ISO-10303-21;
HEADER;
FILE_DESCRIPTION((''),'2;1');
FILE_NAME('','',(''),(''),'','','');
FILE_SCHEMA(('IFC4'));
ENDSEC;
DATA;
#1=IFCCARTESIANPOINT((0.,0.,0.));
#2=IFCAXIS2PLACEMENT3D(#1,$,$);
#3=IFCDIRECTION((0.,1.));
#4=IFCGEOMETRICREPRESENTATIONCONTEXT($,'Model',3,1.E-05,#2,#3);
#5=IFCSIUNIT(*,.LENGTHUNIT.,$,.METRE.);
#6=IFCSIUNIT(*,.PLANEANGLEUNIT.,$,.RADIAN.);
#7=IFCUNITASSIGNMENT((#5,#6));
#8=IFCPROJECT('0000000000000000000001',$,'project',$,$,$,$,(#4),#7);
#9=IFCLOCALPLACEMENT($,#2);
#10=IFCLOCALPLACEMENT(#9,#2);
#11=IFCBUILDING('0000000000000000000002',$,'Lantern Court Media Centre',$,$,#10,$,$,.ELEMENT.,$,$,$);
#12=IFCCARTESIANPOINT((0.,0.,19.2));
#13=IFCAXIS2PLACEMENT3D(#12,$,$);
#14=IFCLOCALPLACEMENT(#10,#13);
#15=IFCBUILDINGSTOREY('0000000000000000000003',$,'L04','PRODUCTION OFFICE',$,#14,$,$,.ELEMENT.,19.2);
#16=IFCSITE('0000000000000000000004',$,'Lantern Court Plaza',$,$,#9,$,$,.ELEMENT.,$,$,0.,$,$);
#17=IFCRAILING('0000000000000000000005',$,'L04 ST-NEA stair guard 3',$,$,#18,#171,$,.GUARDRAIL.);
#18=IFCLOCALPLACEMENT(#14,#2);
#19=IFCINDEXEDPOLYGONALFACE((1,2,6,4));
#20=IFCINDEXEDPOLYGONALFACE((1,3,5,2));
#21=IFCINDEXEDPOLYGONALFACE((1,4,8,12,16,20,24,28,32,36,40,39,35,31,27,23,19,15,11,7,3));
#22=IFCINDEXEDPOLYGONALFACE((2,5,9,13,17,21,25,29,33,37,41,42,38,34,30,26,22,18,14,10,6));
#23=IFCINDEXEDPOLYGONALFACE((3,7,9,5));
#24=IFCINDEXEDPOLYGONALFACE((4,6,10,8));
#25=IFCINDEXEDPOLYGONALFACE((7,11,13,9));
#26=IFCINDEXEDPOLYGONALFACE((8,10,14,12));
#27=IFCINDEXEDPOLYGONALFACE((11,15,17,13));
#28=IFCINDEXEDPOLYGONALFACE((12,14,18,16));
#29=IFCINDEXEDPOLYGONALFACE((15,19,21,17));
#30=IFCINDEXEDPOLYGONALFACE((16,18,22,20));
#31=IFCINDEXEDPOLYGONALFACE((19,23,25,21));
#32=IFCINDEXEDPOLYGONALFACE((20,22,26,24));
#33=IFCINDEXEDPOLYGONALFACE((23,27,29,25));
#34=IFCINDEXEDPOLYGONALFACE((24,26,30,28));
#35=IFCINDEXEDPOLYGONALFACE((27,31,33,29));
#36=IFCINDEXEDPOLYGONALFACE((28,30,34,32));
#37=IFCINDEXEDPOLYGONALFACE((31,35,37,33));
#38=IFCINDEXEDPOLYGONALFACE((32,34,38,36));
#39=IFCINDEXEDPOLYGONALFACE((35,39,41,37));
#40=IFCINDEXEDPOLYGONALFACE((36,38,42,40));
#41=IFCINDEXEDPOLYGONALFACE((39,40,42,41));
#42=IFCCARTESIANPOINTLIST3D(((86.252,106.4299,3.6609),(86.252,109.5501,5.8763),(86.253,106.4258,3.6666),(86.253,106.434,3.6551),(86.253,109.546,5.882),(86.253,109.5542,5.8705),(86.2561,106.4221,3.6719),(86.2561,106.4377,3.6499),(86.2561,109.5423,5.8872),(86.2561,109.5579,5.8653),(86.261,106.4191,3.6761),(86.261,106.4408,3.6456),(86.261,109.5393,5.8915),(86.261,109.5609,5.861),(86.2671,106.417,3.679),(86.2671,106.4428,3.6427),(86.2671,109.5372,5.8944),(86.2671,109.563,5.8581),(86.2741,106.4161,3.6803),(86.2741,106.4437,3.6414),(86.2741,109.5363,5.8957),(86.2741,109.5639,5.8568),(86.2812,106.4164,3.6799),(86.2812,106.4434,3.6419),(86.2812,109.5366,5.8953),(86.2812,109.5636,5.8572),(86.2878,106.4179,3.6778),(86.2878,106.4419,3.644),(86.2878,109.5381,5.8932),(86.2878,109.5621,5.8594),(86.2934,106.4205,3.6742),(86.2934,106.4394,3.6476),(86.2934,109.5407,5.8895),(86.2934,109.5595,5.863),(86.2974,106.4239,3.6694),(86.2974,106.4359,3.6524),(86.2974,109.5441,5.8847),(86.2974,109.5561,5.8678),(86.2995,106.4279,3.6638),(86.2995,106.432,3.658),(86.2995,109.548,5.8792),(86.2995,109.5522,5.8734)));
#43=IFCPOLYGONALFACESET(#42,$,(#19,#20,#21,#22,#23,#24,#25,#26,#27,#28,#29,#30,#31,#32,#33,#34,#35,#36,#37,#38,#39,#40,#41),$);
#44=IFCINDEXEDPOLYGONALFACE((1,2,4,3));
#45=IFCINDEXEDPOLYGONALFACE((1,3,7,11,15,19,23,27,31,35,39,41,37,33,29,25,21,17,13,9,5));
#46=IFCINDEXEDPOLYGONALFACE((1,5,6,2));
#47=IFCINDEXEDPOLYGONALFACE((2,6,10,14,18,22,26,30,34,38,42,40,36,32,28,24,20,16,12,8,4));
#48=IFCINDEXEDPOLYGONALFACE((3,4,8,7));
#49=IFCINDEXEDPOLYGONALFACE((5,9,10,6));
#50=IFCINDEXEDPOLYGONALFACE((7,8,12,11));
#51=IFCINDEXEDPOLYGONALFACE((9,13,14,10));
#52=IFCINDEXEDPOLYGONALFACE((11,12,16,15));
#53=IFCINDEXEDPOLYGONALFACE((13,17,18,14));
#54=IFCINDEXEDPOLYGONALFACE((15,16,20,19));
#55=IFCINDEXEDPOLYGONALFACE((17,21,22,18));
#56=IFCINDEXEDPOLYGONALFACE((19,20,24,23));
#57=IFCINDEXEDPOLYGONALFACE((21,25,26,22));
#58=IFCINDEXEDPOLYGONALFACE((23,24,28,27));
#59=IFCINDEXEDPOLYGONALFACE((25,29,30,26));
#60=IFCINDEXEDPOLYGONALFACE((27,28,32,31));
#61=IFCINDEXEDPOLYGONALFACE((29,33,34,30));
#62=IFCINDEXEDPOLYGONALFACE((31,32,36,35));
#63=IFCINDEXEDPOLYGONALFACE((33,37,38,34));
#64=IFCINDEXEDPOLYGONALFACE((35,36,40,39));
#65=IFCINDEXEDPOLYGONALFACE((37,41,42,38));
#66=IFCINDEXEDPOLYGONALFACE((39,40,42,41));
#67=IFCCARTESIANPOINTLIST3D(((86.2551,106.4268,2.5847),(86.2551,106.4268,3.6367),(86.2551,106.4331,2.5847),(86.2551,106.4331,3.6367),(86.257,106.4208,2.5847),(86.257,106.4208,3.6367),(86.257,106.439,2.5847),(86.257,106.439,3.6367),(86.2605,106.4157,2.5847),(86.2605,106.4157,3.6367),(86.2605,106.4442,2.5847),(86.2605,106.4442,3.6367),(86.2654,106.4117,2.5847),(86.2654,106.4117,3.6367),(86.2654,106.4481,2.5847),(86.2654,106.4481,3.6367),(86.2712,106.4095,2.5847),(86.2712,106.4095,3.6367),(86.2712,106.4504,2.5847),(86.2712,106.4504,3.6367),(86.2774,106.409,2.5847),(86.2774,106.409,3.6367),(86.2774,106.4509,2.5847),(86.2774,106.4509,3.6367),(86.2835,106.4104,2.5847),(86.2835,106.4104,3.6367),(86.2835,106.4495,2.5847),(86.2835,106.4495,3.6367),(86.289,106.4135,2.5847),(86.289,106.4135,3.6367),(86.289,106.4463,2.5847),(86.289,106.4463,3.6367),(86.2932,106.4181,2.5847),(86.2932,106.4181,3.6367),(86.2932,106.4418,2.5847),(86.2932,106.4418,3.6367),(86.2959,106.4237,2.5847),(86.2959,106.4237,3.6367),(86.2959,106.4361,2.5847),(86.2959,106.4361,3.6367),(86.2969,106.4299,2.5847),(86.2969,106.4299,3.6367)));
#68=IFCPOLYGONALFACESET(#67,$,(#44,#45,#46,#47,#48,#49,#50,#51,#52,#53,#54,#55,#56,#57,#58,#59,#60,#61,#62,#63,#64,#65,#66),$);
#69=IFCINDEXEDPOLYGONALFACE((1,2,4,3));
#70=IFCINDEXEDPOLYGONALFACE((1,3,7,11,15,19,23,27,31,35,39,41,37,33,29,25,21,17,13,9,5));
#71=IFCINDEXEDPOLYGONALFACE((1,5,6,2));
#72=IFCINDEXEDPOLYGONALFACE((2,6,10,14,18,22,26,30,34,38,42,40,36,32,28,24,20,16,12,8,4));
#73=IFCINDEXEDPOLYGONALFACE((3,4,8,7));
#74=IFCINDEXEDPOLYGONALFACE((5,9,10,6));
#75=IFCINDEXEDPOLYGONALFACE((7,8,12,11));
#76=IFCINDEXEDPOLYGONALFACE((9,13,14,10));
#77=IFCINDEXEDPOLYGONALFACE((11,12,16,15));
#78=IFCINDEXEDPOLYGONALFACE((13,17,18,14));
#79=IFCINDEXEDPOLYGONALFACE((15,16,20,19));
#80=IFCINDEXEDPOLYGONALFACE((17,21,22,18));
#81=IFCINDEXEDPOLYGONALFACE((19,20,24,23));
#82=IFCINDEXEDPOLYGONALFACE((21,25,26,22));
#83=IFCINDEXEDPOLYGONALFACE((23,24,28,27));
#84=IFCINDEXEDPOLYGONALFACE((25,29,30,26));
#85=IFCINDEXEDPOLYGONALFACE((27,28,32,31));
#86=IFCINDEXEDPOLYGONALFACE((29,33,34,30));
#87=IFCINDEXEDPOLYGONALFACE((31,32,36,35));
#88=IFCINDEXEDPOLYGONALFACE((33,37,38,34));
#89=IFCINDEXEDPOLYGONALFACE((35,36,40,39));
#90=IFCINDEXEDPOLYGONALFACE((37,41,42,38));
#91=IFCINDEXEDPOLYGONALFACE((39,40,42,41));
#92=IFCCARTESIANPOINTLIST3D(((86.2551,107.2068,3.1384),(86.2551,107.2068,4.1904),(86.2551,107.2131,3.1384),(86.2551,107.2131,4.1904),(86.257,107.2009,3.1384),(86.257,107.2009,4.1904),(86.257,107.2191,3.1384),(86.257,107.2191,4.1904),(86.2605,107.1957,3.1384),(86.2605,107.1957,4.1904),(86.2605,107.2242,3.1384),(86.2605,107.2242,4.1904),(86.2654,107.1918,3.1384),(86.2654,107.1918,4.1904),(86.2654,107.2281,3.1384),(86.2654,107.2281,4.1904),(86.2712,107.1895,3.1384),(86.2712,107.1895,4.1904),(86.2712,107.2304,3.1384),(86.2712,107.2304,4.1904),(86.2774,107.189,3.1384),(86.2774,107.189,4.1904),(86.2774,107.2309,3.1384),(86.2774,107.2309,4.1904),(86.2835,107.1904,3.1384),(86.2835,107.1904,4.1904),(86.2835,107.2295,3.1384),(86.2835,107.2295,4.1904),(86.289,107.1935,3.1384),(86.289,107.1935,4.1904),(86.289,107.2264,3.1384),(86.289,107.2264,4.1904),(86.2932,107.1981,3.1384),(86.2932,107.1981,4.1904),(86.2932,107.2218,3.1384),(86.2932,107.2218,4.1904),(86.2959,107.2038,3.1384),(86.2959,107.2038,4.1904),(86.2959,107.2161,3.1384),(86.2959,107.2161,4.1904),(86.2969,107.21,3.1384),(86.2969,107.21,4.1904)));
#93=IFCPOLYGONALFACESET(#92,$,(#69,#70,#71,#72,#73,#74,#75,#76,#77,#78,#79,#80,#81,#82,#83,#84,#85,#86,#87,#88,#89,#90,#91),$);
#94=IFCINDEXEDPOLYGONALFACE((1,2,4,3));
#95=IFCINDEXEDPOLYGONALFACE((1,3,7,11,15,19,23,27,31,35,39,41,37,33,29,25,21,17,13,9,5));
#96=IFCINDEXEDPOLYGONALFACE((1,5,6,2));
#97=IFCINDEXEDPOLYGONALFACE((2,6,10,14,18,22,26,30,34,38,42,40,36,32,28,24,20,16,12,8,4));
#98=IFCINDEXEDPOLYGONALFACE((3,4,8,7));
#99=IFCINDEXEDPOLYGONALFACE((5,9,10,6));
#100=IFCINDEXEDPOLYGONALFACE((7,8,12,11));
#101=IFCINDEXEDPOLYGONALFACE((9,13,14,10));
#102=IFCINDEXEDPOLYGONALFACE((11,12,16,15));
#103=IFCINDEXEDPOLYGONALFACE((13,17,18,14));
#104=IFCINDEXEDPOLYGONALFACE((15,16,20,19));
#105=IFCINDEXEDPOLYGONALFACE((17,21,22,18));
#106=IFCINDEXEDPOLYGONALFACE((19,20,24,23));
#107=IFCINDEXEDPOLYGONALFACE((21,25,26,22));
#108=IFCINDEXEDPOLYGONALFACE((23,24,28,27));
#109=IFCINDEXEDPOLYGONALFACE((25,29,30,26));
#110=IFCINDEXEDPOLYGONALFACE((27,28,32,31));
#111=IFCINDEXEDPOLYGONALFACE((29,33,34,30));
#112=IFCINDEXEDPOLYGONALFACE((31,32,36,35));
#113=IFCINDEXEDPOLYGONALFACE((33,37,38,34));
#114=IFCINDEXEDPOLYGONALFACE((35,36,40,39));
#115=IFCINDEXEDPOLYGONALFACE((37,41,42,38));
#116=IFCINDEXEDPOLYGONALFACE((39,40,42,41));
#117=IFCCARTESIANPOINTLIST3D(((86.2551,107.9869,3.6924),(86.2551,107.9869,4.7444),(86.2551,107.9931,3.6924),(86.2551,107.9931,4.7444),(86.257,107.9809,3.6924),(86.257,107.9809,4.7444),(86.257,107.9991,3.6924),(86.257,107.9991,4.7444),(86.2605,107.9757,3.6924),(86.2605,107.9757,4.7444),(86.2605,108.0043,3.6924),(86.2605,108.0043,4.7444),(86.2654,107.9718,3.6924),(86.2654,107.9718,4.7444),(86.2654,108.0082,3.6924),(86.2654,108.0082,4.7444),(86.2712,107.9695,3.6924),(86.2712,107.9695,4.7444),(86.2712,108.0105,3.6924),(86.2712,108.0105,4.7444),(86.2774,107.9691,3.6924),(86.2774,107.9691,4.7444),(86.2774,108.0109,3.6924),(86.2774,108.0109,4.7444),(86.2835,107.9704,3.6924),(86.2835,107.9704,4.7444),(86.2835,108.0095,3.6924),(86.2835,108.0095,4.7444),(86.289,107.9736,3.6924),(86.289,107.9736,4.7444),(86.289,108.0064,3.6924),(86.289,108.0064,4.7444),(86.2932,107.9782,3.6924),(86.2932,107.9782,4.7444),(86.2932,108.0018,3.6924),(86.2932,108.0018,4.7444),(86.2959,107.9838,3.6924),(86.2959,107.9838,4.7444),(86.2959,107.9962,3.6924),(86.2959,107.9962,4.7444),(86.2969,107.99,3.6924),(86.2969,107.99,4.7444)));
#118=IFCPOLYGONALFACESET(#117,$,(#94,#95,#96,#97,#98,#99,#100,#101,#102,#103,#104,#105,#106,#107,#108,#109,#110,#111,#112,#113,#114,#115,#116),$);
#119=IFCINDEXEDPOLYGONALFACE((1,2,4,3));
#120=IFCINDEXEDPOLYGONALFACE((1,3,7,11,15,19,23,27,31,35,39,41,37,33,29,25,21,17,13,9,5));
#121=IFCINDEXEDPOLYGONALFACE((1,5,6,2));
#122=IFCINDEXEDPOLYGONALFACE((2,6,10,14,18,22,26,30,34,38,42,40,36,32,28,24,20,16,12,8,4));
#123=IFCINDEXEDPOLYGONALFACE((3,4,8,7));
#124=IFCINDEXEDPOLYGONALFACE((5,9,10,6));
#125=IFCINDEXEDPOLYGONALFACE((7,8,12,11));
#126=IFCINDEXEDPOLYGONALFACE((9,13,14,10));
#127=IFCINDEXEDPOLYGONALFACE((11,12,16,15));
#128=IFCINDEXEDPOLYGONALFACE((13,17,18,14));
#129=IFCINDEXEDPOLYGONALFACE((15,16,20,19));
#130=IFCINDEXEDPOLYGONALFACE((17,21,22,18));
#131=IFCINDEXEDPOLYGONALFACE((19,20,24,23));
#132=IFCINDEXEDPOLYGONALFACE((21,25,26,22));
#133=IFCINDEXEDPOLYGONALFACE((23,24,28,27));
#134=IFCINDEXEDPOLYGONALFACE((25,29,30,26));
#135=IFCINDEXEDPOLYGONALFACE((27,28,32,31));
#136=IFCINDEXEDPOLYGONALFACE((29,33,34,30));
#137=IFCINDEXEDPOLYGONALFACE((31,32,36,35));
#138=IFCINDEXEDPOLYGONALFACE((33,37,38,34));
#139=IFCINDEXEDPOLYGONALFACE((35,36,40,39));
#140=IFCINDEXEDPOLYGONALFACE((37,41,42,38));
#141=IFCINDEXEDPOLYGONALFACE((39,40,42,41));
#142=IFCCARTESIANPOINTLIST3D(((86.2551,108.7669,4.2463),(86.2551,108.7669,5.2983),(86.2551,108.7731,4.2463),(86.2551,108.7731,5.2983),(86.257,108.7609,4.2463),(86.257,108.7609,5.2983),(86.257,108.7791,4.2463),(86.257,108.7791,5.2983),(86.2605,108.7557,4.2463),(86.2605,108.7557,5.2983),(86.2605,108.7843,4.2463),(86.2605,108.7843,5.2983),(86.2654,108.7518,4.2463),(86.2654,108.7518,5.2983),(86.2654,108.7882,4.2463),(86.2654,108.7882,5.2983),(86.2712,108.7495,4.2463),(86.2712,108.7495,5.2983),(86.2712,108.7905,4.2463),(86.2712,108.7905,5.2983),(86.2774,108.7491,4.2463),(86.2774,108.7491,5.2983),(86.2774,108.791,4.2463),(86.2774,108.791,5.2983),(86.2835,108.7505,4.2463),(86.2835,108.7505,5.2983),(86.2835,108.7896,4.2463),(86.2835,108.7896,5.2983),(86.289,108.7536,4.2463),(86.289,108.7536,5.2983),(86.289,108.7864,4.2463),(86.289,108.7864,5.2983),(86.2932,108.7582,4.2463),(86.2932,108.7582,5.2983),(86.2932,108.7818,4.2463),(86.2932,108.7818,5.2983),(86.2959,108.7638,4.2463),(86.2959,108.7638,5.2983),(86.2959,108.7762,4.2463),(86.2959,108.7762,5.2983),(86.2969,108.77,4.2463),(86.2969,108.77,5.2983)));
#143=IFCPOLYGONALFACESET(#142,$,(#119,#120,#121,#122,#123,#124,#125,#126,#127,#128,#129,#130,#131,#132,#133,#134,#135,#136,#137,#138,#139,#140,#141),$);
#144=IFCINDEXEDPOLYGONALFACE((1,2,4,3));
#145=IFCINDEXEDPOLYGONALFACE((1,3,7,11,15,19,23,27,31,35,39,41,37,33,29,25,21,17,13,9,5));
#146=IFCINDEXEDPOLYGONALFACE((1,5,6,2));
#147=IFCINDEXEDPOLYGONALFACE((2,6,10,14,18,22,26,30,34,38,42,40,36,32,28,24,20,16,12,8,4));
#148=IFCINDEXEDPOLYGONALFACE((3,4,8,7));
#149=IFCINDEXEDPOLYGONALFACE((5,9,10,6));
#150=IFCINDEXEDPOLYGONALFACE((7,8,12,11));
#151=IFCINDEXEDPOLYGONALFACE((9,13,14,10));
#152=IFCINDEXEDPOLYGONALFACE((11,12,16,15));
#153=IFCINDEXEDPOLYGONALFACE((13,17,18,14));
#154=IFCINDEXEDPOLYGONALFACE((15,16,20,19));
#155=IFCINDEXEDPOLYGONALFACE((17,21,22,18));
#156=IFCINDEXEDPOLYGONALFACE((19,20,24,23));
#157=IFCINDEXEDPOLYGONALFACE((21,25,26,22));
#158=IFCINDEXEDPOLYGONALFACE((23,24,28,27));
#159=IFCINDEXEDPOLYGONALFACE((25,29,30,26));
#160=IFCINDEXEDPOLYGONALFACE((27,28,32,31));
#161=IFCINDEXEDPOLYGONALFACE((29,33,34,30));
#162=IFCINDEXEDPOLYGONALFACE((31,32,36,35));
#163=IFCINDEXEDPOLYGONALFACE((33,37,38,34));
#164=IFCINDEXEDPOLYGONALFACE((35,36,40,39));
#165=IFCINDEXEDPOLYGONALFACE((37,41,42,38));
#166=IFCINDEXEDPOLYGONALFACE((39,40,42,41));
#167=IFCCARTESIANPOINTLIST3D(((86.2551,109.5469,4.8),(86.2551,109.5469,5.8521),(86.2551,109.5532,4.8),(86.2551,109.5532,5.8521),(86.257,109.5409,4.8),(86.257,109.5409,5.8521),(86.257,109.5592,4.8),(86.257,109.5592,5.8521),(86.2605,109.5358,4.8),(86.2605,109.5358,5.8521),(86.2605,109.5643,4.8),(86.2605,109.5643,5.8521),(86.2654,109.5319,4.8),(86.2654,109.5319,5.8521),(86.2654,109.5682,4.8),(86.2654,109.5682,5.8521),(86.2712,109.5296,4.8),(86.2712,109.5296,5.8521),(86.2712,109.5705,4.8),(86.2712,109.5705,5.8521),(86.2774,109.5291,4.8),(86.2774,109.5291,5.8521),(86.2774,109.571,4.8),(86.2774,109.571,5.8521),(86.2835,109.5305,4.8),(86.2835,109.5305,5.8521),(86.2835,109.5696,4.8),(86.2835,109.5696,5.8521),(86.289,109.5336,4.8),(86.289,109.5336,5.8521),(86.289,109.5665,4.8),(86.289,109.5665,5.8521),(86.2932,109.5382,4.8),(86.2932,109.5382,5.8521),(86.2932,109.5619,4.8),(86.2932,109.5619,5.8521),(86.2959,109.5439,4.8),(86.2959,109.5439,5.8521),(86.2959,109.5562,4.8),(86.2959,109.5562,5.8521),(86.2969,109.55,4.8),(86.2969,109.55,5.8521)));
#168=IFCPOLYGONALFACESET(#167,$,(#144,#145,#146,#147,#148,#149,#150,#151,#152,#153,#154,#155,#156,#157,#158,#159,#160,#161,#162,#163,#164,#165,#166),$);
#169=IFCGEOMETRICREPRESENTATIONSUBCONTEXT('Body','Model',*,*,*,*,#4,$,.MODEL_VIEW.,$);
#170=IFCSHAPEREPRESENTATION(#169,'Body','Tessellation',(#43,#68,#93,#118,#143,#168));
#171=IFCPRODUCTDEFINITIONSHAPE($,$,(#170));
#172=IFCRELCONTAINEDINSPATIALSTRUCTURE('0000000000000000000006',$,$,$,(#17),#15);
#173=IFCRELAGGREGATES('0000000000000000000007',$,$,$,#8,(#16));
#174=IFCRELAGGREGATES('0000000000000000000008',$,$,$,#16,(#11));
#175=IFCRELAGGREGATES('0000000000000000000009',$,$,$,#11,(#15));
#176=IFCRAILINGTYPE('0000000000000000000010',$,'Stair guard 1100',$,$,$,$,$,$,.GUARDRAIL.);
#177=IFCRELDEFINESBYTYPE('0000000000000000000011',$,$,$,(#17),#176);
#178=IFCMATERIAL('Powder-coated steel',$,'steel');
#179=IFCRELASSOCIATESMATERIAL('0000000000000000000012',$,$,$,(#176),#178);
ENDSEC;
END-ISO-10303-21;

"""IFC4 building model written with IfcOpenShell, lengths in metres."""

from ifc_helpers import new_model, si_unit, direction, frame, origin, origin_2d, place, context, subcontext, project, spatial, circle, extrude, material, type_object, element, save


model = new_model("IFC4")

# Units and contexts
model_context = context("Model", 3, precision=1e-05, world=origin(), true_north=direction((0.0, 1.0)))
body_context = subcontext(model_context, "Body", "Model", "MODEL_VIEW")
ifc_project = project(units=[si_unit("LENGTHUNIT", "METRE"), si_unit("PLANEANGLEUNIT", "RADIAN")], contexts=[model_context])

# Site, building, storey
site_placement = place(None, origin())
site = spatial("IfcSite", under=ifc_project, at=site_placement, Name="Lantern Court Plaza", CompositionType="ELEMENT", RefElevation=0.0)
building_placement = place(site_placement, origin())
building = spatial("IfcBuilding", under=site, at=building_placement, Name="Lantern Court Media Centre", CompositionType="ELEMENT")
storey_placement = place(building_placement, frame((0.0, 0.0, 19.2)))
storey = spatial("IfcBuildingStorey", under=building, at=storey_placement, Name="L04", Description="PRODUCTION OFFICE", CompositionType="ELEMENT", Elevation=19.2)

# Shared definitions
ifc_material_1 = material(Name="Powder-coated steel", Category="steel")

# Railing
railing_type_1 = type_object("IfcRailingType", Name="Stair guard 1100", PredefinedType="GUARDRAIL", material=ifc_material_1)
railing_1_placement = place(storey_placement, frame((86.2759, 106.4299, 2.5847)))
element("IfcRailing", 1, at=railing_1_placement, inside=storey, type_object=railing_type_1, Name="L04 ST-NEA stair guard 3", PredefinedType="GUARDRAIL", context=body_context, shape_type="SweptSolid", body=[
    extrude(circle(Radius=0.0239, at=origin_2d()), frame((0.0, 0.0, 1.0762), z_axis=(0.0, 0.815377, 0.57893), x_axis=(-1.0, 0.0, 0.0)), (0.0, 0.0, 1.0), 3.8267),
    extrude(circle(Radius=0.021, at=origin_2d()), origin(), (0.0, 0.0, 1.0), 1.052),
    extrude(circle(Radius=0.021, at=origin_2d()), frame((0.0, 0.78, 0.5537)), (0.0, 0.0, 1.0), 1.052),
    extrude(circle(Radius=0.021, at=origin_2d()), frame((0.0, 1.5601, 1.1077)), (0.0, 0.0, 1.0), 1.052),
    extrude(circle(Radius=0.021, at=origin_2d()), frame((0.0, 2.3401, 1.6616)), (0.0, 0.0, 1.0), 1.052),
    extrude(circle(Radius=0.021, at=origin_2d()), frame((0.0, 3.1201, 2.2153)), (0.0, 0.0, 1.0), 1.052),
])

save(model, "model.ifc")
